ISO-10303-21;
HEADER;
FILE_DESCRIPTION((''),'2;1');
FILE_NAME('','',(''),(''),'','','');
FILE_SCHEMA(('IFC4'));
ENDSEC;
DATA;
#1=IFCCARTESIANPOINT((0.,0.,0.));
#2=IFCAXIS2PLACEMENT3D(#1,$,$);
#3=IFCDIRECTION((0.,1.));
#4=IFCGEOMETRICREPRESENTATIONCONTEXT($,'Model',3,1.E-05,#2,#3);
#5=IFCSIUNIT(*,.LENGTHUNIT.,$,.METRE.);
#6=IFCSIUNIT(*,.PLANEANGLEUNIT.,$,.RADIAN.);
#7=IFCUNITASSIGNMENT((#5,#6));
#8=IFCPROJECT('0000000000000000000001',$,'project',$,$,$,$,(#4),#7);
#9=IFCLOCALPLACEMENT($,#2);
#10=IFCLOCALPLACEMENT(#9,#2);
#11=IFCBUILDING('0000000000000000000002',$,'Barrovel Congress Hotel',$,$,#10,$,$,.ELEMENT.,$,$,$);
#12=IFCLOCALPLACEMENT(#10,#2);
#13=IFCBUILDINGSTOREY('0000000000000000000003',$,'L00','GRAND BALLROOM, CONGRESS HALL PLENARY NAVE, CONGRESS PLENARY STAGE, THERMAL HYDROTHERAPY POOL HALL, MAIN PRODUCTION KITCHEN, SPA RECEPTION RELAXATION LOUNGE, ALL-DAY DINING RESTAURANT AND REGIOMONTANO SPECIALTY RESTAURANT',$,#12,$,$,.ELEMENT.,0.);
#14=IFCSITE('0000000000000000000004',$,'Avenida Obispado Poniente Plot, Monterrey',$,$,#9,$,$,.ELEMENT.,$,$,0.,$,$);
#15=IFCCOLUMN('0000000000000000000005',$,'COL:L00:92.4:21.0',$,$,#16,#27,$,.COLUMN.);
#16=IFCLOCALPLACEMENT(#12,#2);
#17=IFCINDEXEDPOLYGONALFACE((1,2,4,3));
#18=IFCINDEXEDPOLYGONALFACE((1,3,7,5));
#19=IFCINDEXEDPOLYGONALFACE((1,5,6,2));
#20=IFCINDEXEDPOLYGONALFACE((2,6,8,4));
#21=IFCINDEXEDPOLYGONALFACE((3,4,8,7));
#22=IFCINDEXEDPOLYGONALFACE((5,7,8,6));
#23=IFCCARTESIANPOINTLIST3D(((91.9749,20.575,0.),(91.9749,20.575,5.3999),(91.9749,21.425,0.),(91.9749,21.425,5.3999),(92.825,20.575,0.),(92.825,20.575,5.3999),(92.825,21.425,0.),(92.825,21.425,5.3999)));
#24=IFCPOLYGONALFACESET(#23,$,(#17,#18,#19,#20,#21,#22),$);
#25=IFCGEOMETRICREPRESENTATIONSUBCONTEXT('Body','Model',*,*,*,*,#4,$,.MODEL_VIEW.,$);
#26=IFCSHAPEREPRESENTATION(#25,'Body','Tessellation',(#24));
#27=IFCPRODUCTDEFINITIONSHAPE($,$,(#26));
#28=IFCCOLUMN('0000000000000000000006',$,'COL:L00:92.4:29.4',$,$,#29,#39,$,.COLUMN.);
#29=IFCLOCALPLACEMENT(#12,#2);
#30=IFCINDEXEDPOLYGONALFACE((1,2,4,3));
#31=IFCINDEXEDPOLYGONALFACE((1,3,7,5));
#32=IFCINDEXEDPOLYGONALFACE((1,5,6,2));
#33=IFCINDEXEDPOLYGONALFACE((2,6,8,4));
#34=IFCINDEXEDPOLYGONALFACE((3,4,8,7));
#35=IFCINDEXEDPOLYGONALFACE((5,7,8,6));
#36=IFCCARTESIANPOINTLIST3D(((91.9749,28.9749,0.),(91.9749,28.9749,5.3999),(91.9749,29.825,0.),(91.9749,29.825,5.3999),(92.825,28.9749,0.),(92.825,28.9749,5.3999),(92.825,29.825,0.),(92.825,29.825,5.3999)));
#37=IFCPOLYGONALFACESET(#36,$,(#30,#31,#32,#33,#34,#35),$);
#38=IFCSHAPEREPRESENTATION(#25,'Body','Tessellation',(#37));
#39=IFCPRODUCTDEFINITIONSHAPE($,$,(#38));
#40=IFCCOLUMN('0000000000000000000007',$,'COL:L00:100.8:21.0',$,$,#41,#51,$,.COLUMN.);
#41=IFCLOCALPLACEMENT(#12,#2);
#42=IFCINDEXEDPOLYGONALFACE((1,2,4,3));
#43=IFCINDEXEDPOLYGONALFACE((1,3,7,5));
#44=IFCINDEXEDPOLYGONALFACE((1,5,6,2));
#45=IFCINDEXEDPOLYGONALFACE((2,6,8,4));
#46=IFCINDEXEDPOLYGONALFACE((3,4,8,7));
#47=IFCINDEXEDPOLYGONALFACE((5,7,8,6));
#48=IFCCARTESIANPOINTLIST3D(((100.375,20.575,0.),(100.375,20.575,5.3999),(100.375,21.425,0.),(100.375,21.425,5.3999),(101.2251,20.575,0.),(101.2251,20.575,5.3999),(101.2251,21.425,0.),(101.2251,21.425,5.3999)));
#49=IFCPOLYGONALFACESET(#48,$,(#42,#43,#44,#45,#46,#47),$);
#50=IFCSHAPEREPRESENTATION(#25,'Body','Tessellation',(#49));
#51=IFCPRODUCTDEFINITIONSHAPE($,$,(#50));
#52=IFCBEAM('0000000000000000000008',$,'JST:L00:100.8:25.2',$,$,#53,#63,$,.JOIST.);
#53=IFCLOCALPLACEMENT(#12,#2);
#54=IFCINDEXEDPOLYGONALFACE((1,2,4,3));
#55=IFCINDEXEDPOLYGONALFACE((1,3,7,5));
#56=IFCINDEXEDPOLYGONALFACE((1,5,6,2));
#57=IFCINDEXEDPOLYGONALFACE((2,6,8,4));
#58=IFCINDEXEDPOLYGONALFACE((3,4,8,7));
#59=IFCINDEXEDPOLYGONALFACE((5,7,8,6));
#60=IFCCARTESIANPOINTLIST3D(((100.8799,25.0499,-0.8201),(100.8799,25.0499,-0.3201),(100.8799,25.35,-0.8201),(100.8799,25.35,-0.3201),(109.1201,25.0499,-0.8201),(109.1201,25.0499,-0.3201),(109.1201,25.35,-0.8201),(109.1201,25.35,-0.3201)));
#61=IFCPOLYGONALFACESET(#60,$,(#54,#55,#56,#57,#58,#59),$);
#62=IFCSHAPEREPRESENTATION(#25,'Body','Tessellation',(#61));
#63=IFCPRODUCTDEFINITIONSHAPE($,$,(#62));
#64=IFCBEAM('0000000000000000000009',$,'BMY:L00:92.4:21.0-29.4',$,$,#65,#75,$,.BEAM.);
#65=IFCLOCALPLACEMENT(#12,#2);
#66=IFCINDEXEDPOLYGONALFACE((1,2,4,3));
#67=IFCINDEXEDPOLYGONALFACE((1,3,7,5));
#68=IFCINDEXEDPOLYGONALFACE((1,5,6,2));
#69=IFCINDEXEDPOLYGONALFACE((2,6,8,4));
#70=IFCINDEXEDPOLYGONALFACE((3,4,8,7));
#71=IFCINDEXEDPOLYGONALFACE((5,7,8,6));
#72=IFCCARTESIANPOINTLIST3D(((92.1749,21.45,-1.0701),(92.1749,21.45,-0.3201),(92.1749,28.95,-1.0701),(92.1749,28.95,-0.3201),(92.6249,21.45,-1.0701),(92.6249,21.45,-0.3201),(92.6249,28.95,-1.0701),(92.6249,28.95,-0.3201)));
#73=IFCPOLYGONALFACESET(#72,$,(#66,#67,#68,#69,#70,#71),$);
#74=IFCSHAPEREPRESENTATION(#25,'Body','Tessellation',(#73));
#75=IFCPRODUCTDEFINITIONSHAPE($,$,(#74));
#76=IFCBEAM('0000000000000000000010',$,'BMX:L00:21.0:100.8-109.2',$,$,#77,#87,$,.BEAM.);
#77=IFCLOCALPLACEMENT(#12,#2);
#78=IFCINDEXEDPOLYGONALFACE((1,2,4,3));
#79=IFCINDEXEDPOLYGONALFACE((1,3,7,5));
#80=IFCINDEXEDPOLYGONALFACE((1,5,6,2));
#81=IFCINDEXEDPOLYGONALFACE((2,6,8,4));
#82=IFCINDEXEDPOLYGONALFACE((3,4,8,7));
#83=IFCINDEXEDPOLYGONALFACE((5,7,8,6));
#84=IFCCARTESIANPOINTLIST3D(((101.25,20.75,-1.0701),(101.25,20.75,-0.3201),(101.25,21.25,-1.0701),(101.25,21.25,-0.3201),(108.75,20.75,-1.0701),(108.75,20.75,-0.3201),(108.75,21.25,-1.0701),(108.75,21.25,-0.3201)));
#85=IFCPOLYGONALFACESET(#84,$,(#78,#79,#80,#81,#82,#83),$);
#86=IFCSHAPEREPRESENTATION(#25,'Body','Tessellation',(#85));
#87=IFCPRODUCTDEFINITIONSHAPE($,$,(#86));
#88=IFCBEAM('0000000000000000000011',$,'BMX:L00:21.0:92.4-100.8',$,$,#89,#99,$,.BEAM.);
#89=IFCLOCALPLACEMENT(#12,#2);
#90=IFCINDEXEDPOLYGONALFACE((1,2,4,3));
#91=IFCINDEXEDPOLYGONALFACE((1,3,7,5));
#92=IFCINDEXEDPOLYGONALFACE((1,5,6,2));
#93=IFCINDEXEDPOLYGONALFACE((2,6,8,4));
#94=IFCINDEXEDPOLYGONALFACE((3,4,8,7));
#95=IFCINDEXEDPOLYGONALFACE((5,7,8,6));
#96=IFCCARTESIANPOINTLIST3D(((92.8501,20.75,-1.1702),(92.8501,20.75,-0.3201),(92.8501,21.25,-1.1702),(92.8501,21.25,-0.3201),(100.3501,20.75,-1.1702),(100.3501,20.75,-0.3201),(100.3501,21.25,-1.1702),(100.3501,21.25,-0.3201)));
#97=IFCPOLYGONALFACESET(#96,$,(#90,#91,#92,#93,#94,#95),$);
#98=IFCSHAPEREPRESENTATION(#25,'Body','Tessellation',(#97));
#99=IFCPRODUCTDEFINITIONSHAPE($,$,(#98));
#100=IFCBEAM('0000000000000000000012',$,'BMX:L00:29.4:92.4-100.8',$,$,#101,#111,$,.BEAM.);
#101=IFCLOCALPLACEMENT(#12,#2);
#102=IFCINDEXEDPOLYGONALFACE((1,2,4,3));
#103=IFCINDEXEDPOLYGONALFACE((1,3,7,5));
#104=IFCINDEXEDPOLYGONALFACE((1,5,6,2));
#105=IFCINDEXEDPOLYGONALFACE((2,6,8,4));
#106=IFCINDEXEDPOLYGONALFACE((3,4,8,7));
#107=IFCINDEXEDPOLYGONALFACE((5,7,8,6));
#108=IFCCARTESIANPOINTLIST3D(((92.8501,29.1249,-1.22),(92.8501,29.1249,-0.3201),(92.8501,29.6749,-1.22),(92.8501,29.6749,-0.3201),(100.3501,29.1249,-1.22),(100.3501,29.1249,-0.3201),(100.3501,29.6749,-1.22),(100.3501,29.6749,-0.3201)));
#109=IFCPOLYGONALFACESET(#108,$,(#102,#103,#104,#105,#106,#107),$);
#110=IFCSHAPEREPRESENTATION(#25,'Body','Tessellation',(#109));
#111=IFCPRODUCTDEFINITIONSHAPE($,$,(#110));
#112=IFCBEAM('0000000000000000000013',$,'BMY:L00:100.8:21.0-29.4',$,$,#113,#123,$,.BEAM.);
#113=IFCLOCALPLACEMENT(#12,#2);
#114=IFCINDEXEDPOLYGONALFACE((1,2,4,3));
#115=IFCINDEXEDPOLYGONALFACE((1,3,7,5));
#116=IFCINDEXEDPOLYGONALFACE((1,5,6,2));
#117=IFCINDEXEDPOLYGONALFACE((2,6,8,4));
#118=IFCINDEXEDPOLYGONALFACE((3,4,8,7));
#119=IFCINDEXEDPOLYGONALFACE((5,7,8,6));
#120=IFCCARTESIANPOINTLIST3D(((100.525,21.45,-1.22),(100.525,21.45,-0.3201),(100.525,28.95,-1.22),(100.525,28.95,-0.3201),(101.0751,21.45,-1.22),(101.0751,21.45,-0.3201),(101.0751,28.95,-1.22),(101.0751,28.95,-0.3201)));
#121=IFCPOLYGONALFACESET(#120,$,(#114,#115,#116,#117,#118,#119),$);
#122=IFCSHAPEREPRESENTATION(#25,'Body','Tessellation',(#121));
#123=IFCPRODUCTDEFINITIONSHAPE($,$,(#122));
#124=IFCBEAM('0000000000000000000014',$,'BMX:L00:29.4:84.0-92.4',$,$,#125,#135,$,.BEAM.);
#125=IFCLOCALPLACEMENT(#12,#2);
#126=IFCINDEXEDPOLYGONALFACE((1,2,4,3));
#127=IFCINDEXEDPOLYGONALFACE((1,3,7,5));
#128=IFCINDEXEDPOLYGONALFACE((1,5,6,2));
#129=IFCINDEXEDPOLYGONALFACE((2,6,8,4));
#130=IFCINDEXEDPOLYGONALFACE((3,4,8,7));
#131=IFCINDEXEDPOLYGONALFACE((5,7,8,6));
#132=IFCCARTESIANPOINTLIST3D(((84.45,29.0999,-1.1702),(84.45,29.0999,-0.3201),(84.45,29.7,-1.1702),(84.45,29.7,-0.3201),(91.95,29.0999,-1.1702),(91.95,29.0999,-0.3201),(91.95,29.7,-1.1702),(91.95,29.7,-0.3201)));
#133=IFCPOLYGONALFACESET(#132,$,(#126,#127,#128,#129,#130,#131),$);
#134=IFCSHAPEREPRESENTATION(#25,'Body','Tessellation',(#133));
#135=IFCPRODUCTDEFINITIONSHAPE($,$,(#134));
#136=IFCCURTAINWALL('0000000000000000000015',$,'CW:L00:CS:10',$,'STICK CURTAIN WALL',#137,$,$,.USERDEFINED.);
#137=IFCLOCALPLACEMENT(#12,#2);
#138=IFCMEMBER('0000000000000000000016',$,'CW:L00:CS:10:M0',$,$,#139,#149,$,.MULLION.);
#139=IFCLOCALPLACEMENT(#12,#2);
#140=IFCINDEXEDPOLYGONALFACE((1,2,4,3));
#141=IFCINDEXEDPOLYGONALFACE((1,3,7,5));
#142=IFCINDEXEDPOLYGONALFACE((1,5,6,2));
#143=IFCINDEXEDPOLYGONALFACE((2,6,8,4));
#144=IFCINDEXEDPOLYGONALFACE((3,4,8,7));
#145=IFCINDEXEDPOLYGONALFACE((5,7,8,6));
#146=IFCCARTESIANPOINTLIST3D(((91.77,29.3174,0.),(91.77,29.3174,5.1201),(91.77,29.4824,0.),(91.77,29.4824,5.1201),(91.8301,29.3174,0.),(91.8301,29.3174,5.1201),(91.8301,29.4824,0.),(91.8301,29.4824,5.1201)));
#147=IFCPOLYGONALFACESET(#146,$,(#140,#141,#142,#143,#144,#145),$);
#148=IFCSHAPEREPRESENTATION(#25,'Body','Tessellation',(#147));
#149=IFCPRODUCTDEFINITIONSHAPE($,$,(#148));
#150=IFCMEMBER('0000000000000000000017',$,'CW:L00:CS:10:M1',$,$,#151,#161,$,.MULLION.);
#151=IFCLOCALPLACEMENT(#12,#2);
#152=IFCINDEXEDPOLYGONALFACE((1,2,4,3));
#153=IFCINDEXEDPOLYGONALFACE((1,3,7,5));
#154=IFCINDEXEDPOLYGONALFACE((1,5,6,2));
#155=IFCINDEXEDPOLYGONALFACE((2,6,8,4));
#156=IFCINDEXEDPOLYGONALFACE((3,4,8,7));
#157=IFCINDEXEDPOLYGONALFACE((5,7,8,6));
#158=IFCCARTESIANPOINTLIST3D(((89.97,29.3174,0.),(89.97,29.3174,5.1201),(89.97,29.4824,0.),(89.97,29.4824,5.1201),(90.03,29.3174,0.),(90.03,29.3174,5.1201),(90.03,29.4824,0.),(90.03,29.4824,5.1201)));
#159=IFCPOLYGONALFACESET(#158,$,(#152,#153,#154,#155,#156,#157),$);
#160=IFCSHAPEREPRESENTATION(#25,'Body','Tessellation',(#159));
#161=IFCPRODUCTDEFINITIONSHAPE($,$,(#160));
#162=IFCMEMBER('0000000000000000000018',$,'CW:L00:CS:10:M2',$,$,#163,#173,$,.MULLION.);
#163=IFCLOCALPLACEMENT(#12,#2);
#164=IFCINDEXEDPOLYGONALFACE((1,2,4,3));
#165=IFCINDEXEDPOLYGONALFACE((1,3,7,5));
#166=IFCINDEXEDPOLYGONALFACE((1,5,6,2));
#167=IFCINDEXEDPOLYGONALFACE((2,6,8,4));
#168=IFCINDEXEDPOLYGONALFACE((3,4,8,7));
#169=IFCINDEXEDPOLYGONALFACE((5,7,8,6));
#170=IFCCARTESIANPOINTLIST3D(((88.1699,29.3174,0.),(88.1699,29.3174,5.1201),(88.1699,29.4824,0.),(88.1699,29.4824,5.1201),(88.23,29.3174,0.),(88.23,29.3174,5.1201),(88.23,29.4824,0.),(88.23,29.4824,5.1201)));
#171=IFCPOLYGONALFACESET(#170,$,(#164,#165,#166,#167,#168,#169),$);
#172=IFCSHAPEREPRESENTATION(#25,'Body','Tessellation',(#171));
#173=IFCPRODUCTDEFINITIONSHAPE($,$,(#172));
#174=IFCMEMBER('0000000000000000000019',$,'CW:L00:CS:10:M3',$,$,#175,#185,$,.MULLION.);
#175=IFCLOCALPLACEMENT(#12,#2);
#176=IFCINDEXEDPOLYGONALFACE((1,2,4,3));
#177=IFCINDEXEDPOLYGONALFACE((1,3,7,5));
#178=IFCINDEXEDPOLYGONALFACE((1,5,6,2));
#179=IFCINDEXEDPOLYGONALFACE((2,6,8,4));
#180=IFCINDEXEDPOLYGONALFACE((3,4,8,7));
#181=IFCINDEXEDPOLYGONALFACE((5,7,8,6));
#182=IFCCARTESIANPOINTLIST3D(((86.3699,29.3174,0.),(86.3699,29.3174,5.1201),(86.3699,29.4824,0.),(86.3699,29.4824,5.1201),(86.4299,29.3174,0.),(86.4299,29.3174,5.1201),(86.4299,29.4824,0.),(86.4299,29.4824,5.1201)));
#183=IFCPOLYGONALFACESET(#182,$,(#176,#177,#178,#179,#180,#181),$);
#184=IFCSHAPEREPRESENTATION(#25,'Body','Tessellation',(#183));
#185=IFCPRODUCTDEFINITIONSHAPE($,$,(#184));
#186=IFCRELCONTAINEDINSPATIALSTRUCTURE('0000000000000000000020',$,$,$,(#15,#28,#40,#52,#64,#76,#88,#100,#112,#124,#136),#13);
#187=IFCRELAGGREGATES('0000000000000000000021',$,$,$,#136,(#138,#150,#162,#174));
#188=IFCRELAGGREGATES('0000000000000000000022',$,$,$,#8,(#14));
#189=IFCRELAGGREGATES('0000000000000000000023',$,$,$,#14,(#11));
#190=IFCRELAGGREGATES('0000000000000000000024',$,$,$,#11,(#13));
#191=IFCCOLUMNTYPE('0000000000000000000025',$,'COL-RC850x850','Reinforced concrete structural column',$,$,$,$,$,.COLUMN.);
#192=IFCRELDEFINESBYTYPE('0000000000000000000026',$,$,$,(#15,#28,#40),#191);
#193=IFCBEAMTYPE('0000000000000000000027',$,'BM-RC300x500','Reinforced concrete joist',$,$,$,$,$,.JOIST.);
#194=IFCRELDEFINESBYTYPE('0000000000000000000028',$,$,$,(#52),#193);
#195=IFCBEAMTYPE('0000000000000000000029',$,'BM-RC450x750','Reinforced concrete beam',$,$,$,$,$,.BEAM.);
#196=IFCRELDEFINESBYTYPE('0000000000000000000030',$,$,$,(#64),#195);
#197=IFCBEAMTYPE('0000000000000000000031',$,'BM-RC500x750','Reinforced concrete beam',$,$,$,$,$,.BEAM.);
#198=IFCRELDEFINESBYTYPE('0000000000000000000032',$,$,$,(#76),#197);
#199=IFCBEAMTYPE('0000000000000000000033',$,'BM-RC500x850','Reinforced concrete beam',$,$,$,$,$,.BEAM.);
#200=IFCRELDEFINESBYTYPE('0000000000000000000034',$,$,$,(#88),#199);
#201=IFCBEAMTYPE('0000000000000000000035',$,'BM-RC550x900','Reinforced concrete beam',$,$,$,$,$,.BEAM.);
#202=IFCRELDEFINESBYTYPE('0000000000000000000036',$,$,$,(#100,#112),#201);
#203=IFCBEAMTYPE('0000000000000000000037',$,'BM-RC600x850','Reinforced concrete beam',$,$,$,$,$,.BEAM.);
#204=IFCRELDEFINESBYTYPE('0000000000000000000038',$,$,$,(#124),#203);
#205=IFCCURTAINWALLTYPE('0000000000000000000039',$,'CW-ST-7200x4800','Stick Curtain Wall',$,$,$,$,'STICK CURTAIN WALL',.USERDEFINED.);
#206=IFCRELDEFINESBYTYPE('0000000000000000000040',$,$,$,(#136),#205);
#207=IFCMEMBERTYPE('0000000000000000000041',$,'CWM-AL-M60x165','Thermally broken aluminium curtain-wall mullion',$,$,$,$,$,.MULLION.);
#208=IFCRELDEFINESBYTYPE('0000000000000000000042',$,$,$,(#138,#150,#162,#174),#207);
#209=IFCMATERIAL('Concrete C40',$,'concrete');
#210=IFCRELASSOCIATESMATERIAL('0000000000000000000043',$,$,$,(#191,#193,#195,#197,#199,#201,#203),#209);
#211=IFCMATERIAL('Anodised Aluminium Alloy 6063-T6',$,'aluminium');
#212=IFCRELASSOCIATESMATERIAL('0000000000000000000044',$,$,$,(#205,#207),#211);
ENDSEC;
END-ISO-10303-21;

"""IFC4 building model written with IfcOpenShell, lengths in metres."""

from ifc_helpers import new_model, si_unit, direction, frame, origin, origin_2d, place, context, subcontext, project, spatial, rectangle, extrude, material, material_profile, profile_set, type_object, element, aggregate, save


model = new_model("IFC4")

# Units and contexts
model_context = context("Model", 3, precision=1e-05, world=origin(), true_north=direction((0.0, 1.0)))
body_context = subcontext(model_context, "Body", "Model", "MODEL_VIEW")
ifc_project = project(units=[si_unit("LENGTHUNIT", "METRE"), si_unit("PLANEANGLEUNIT", "RADIAN")], contexts=[model_context])

# Site, building, storey
site_placement = place(None, origin())
site = spatial("IfcSite", under=ifc_project, at=site_placement, Name="Avenida Obispado Poniente Plot, Monterrey", CompositionType="ELEMENT", RefElevation=0.0)
building_placement = place(site_placement, origin())
building = spatial("IfcBuilding", under=site, at=building_placement, Name="Barrovel Congress Hotel", CompositionType="ELEMENT")
storey_placement = place(building_placement, origin())
storey = spatial("IfcBuildingStorey", under=building, at=storey_placement, Name="L00", Description="GRAND BALLROOM, CONGRESS HALL PLENARY NAVE, CONGRESS PLENARY STAGE, THERMAL HYDROTHERAPY POOL HALL, MAIN PRODUCTION KITCHEN, SPA RECEPTION RELAXATION LOUNGE, ALL-DAY DINING RESTAURANT AND REGIOMONTANO SPECIALTY RESTAURANT", CompositionType="ELEMENT", Elevation=0.0)

# Columns
ifc_material_1 = material(Name="Concrete C40", Category="concrete")
ifc_material_profile_1 = material_profile(ifc_material_1, rectangle(XDim=0.8501, YDim=0.8501, at=origin_2d()), Name="RC850x850")
ifc_profile_set_1 = profile_set([ifc_material_profile_1], Name="Concrete C40")
column_type = type_object("IfcColumnType", Name="COL-RC850x850", Description="Reinforced concrete structural column", PredefinedType="COLUMN", material=ifc_profile_set_1)
for number, where, z_axis, x_axis, name in (
    (1, (92.3999, 21.0, 0.0), (0.0, 0.0, 1.0), (1.0, 0.0, 0.0), "COL:L00:92.4:21.0"),
    (2, (92.3999, 29.3999, 0.0), (0.0, 0.0, 1.0), (1.0, 0.0, 0.0), "COL:L00:92.4:29.4"),
    (3, (100.8, 21.0, 0.0), (0.0, 0.0, 1.0), (1.0, 0.0, 0.0), "COL:L00:100.8:21.0"),
):
    element("IfcColumn", number, at=place(storey_placement, frame(where, z_axis=z_axis, x_axis=x_axis)), inside=storey, type_object=column_type, Name=name, PredefinedType="COLUMN", context=body_context, shape_type="SweptSolid", body=[
        extrude(rectangle(XDim=0.8501, YDim=0.8501, at=origin_2d()), origin(), (0.0, 0.0, 1.0), 5.3999),
    ])

# Beams
ifc_material_profile_2 = material_profile(ifc_material_1, rectangle(XDim=0.3, YDim=0.5, at=origin_2d()), Name="RC300x500")
ifc_profile_set_2 = profile_set([ifc_material_profile_2], Name="Concrete C40")
beam_type_1 = type_object("IfcBeamType", Name="BM-RC300x500", Description="Reinforced concrete joist", PredefinedType="JOIST", material=ifc_profile_set_2)
beam_1_placement = place(storey_placement, frame((100.8799, 25.2, -0.5701), z_axis=(1.0, 0.0, 0.0), x_axis=(0.0, 1.0, 0.0)))
element("IfcBeam", 4, at=beam_1_placement, inside=storey, type_object=beam_type_1, Name="JST:L00:100.8:25.2", PredefinedType="JOIST", context=body_context, shape_type="SweptSolid", body=[
    extrude(rectangle(XDim=0.3, YDim=0.5, at=origin_2d()), origin(), (0.0, 0.0, 1.0), 8.2402),
])
ifc_material_profile_3 = material_profile(ifc_material_1, rectangle(XDim=0.45, YDim=0.75, at=origin_2d()), Name="RC450x750")
ifc_profile_set_3 = profile_set([ifc_material_profile_3], Name="Concrete C40")
beam_type_2 = type_object("IfcBeamType", Name="BM-RC450x750", Description="Reinforced concrete beam", PredefinedType="BEAM", material=ifc_profile_set_3)
beam_2_placement = place(storey_placement, frame((92.3999, 21.45, -0.6951), z_axis=(0.0, 1.0, 0.0), x_axis=(-1.0, 0.0, 0.0)))
element("IfcBeam", 5, at=beam_2_placement, inside=storey, type_object=beam_type_2, Name="BMY:L00:92.4:21.0-29.4", PredefinedType="BEAM", context=body_context, shape_type="SweptSolid", body=[
    extrude(rectangle(XDim=0.45, YDim=0.75, at=origin_2d()), origin(), (0.0, 0.0, 1.0), 7.5),
])
ifc_material_profile_4 = material_profile(ifc_material_1, rectangle(XDim=0.5, YDim=0.75, at=origin_2d()), Name="RC500x750")
ifc_profile_set_4 = profile_set([ifc_material_profile_4], Name="Concrete C40")
beam_type_3 = type_object("IfcBeamType", Name="BM-RC500x750", Description="Reinforced concrete beam", PredefinedType="BEAM", material=ifc_profile_set_4)
beam_3_placement = place(storey_placement, frame((101.25, 21.0, -0.6951), z_axis=(1.0, 0.0, 0.0), x_axis=(0.0, 1.0, 0.0)))
element("IfcBeam", 6, at=beam_3_placement, inside=storey, type_object=beam_type_3, Name="BMX:L00:21.0:100.8-109.2", PredefinedType="BEAM", context=body_context, shape_type="SweptSolid", body=[
    extrude(rectangle(XDim=0.5, YDim=0.75, at=origin_2d()), origin(), (0.0, 0.0, 1.0), 7.5),
])
ifc_material_profile_5 = material_profile(ifc_material_1, rectangle(XDim=0.5, YDim=0.8501, at=origin_2d()), Name="RC500x850")
ifc_profile_set_5 = profile_set([ifc_material_profile_5], Name="Concrete C40")
beam_type_4 = type_object("IfcBeamType", Name="BM-RC500x850", Description="Reinforced concrete beam", PredefinedType="BEAM", material=ifc_profile_set_5)
beam_4_placement = place(storey_placement, frame((92.8501, 21.0, -0.7451), z_axis=(1.0, 0.0, 0.0), x_axis=(0.0, 1.0, 0.0)))
element("IfcBeam", 7, at=beam_4_placement, inside=storey, type_object=beam_type_4, Name="BMX:L00:21.0:92.4-100.8", PredefinedType="BEAM", context=body_context, shape_type="SweptSolid", body=[
    extrude(rectangle(XDim=0.5, YDim=0.8501, at=origin_2d()), origin(), (0.0, 0.0, 1.0), 7.5),
])
ifc_material_profile_6 = material_profile(ifc_material_1, rectangle(XDim=0.55, YDim=0.8999, at=origin_2d()), Name="RC550x900")
ifc_profile_set_6 = profile_set([ifc_material_profile_6], Name="Concrete C40")
beam_type_5 = type_object("IfcBeamType", Name="BM-RC550x900", Description="Reinforced concrete beam", PredefinedType="BEAM", material=ifc_profile_set_6)
for number, where, z_axis, x_axis, name in (
    (8, (92.8501, 29.3999, -0.77), (1.0, 0.0, 0.0), (0.0, 1.0, 0.0), "BMX:L00:29.4:92.4-100.8"),
    (9, (100.8, 21.45, -0.77), (0.0, 1.0, 0.0), (-1.0, 0.0, 0.0), "BMY:L00:100.8:21.0-29.4"),
):
    element("IfcBeam", number, at=place(storey_placement, frame(where, z_axis=z_axis, x_axis=x_axis)), inside=storey, type_object=beam_type_5, Name=name, PredefinedType="BEAM", context=body_context, shape_type="SweptSolid", body=[
        extrude(rectangle(XDim=0.55, YDim=0.8999, at=origin_2d()), origin(), (0.0, 0.0, 1.0), 7.5),
    ])
ifc_material_profile_7 = material_profile(ifc_material_1, rectangle(XDim=0.6001, YDim=0.8501, at=origin_2d()), Name="RC600x850")
ifc_profile_set_7 = profile_set([ifc_material_profile_7], Name="Concrete C40")
beam_type_6 = type_object("IfcBeamType", Name="BM-RC600x850", Description="Reinforced concrete beam", PredefinedType="BEAM", material=ifc_profile_set_7)
beam_5_placement = place(storey_placement, frame((84.45, 29.3999, -0.7451), z_axis=(1.0, 0.0, 0.0), x_axis=(0.0, 1.0, 0.0)))
element("IfcBeam", 10, at=beam_5_placement, inside=storey, type_object=beam_type_6, Name="BMX:L00:29.4:84.0-92.4", PredefinedType="BEAM", context=body_context, shape_type="SweptSolid", body=[
    extrude(rectangle(XDim=0.6001, YDim=0.8501, at=origin_2d()), origin(), (0.0, 0.0, 1.0), 7.5),
])

# Curtain wall, members
ifc_material_2 = material(Name="Anodised Aluminium Alloy 6063-T6", Category="aluminium")
curtain_wall_type = type_object("IfcCurtainWallType", Name="CW-ST-7200x4800", Description="Stick Curtain Wall", ElementType="STICK CURTAIN WALL", PredefinedType="USERDEFINED", material=ifc_material_2)
curtain_wall_placement = place(storey_placement, origin())
curtain_wall = element("IfcCurtainWall", 11, at=curtain_wall_placement, inside=storey, type_object=curtain_wall_type, Name="CW:L00:CS:10", ObjectType="STICK CURTAIN WALL", PredefinedType="USERDEFINED")
ifc_material_profile_8 = material_profile(ifc_material_2, rectangle(XDim=0.0601, YDim=0.165, at=origin_2d()), Name="AL-M60x165")
ifc_profile_set_8 = profile_set([ifc_material_profile_8], Name="Anodised Aluminium Alloy 6063-T6")
member_type_1 = type_object("IfcMemberType", Name="CWM-AL-M60x165", Description="Thermally broken aluminium curtain-wall mullion", PredefinedType="MULLION", material=ifc_profile_set_8)
member_1_placement = place(storey_placement, frame((91.8, 29.3999, 0.0), z_axis=(0.0, 0.0, 1.0), x_axis=(1.0, 0.0, 0.0)))
member_1 = element("IfcMember", 12, at=member_1_placement, type_object=member_type_1, Name="CW:L00:CS:10:M0", PredefinedType="MULLION", context=body_context, shape_type="SweptSolid", body=[
    extrude(rectangle(XDim=0.0601, YDim=0.165, at=origin_2d()), origin(), (0.0, 0.0, 1.0), 5.1201),
])
member_2_placement = place(storey_placement, frame((90.0, 29.3999, 0.0), z_axis=(0.0, 0.0, 1.0), x_axis=(1.0, 0.0, 0.0)))
member_2 = element("IfcMember", 13, at=member_2_placement, type_object=member_type_1, Name="CW:L00:CS:10:M1", PredefinedType="MULLION", context=body_context, shape_type="SweptSolid", body=[
    extrude(rectangle(XDim=0.0601, YDim=0.165, at=origin_2d()), origin(), (0.0, 0.0, 1.0), 5.1201),
])
member_3_placement = place(storey_placement, frame((88.2, 29.3999, 0.0), z_axis=(0.0, 0.0, 1.0), x_axis=(1.0, 0.0, 0.0)))
member_3 = element("IfcMember", 14, at=member_3_placement, type_object=member_type_1, Name="CW:L00:CS:10:M2", PredefinedType="MULLION", context=body_context, shape_type="SweptSolid", body=[
    extrude(rectangle(XDim=0.0601, YDim=0.165, at=origin_2d()), origin(), (0.0, 0.0, 1.0), 5.1201),
])
member_4_placement = place(storey_placement, frame((86.3999, 29.3999, 0.0), z_axis=(0.0, 0.0, 1.0), x_axis=(1.0, 0.0, 0.0)))
member_4 = element("IfcMember", 15, at=member_4_placement, type_object=member_type_1, Name="CW:L00:CS:10:M3", PredefinedType="MULLION", context=body_context, shape_type="SweptSolid", body=[
    extrude(rectangle(XDim=0.0601, YDim=0.165, at=origin_2d()), origin(), (0.0, 0.0, 1.0), 5.1201),
])

aggregate(curtain_wall, [member_1, member_2, member_3, member_4])

save(model, "model.ifc")
